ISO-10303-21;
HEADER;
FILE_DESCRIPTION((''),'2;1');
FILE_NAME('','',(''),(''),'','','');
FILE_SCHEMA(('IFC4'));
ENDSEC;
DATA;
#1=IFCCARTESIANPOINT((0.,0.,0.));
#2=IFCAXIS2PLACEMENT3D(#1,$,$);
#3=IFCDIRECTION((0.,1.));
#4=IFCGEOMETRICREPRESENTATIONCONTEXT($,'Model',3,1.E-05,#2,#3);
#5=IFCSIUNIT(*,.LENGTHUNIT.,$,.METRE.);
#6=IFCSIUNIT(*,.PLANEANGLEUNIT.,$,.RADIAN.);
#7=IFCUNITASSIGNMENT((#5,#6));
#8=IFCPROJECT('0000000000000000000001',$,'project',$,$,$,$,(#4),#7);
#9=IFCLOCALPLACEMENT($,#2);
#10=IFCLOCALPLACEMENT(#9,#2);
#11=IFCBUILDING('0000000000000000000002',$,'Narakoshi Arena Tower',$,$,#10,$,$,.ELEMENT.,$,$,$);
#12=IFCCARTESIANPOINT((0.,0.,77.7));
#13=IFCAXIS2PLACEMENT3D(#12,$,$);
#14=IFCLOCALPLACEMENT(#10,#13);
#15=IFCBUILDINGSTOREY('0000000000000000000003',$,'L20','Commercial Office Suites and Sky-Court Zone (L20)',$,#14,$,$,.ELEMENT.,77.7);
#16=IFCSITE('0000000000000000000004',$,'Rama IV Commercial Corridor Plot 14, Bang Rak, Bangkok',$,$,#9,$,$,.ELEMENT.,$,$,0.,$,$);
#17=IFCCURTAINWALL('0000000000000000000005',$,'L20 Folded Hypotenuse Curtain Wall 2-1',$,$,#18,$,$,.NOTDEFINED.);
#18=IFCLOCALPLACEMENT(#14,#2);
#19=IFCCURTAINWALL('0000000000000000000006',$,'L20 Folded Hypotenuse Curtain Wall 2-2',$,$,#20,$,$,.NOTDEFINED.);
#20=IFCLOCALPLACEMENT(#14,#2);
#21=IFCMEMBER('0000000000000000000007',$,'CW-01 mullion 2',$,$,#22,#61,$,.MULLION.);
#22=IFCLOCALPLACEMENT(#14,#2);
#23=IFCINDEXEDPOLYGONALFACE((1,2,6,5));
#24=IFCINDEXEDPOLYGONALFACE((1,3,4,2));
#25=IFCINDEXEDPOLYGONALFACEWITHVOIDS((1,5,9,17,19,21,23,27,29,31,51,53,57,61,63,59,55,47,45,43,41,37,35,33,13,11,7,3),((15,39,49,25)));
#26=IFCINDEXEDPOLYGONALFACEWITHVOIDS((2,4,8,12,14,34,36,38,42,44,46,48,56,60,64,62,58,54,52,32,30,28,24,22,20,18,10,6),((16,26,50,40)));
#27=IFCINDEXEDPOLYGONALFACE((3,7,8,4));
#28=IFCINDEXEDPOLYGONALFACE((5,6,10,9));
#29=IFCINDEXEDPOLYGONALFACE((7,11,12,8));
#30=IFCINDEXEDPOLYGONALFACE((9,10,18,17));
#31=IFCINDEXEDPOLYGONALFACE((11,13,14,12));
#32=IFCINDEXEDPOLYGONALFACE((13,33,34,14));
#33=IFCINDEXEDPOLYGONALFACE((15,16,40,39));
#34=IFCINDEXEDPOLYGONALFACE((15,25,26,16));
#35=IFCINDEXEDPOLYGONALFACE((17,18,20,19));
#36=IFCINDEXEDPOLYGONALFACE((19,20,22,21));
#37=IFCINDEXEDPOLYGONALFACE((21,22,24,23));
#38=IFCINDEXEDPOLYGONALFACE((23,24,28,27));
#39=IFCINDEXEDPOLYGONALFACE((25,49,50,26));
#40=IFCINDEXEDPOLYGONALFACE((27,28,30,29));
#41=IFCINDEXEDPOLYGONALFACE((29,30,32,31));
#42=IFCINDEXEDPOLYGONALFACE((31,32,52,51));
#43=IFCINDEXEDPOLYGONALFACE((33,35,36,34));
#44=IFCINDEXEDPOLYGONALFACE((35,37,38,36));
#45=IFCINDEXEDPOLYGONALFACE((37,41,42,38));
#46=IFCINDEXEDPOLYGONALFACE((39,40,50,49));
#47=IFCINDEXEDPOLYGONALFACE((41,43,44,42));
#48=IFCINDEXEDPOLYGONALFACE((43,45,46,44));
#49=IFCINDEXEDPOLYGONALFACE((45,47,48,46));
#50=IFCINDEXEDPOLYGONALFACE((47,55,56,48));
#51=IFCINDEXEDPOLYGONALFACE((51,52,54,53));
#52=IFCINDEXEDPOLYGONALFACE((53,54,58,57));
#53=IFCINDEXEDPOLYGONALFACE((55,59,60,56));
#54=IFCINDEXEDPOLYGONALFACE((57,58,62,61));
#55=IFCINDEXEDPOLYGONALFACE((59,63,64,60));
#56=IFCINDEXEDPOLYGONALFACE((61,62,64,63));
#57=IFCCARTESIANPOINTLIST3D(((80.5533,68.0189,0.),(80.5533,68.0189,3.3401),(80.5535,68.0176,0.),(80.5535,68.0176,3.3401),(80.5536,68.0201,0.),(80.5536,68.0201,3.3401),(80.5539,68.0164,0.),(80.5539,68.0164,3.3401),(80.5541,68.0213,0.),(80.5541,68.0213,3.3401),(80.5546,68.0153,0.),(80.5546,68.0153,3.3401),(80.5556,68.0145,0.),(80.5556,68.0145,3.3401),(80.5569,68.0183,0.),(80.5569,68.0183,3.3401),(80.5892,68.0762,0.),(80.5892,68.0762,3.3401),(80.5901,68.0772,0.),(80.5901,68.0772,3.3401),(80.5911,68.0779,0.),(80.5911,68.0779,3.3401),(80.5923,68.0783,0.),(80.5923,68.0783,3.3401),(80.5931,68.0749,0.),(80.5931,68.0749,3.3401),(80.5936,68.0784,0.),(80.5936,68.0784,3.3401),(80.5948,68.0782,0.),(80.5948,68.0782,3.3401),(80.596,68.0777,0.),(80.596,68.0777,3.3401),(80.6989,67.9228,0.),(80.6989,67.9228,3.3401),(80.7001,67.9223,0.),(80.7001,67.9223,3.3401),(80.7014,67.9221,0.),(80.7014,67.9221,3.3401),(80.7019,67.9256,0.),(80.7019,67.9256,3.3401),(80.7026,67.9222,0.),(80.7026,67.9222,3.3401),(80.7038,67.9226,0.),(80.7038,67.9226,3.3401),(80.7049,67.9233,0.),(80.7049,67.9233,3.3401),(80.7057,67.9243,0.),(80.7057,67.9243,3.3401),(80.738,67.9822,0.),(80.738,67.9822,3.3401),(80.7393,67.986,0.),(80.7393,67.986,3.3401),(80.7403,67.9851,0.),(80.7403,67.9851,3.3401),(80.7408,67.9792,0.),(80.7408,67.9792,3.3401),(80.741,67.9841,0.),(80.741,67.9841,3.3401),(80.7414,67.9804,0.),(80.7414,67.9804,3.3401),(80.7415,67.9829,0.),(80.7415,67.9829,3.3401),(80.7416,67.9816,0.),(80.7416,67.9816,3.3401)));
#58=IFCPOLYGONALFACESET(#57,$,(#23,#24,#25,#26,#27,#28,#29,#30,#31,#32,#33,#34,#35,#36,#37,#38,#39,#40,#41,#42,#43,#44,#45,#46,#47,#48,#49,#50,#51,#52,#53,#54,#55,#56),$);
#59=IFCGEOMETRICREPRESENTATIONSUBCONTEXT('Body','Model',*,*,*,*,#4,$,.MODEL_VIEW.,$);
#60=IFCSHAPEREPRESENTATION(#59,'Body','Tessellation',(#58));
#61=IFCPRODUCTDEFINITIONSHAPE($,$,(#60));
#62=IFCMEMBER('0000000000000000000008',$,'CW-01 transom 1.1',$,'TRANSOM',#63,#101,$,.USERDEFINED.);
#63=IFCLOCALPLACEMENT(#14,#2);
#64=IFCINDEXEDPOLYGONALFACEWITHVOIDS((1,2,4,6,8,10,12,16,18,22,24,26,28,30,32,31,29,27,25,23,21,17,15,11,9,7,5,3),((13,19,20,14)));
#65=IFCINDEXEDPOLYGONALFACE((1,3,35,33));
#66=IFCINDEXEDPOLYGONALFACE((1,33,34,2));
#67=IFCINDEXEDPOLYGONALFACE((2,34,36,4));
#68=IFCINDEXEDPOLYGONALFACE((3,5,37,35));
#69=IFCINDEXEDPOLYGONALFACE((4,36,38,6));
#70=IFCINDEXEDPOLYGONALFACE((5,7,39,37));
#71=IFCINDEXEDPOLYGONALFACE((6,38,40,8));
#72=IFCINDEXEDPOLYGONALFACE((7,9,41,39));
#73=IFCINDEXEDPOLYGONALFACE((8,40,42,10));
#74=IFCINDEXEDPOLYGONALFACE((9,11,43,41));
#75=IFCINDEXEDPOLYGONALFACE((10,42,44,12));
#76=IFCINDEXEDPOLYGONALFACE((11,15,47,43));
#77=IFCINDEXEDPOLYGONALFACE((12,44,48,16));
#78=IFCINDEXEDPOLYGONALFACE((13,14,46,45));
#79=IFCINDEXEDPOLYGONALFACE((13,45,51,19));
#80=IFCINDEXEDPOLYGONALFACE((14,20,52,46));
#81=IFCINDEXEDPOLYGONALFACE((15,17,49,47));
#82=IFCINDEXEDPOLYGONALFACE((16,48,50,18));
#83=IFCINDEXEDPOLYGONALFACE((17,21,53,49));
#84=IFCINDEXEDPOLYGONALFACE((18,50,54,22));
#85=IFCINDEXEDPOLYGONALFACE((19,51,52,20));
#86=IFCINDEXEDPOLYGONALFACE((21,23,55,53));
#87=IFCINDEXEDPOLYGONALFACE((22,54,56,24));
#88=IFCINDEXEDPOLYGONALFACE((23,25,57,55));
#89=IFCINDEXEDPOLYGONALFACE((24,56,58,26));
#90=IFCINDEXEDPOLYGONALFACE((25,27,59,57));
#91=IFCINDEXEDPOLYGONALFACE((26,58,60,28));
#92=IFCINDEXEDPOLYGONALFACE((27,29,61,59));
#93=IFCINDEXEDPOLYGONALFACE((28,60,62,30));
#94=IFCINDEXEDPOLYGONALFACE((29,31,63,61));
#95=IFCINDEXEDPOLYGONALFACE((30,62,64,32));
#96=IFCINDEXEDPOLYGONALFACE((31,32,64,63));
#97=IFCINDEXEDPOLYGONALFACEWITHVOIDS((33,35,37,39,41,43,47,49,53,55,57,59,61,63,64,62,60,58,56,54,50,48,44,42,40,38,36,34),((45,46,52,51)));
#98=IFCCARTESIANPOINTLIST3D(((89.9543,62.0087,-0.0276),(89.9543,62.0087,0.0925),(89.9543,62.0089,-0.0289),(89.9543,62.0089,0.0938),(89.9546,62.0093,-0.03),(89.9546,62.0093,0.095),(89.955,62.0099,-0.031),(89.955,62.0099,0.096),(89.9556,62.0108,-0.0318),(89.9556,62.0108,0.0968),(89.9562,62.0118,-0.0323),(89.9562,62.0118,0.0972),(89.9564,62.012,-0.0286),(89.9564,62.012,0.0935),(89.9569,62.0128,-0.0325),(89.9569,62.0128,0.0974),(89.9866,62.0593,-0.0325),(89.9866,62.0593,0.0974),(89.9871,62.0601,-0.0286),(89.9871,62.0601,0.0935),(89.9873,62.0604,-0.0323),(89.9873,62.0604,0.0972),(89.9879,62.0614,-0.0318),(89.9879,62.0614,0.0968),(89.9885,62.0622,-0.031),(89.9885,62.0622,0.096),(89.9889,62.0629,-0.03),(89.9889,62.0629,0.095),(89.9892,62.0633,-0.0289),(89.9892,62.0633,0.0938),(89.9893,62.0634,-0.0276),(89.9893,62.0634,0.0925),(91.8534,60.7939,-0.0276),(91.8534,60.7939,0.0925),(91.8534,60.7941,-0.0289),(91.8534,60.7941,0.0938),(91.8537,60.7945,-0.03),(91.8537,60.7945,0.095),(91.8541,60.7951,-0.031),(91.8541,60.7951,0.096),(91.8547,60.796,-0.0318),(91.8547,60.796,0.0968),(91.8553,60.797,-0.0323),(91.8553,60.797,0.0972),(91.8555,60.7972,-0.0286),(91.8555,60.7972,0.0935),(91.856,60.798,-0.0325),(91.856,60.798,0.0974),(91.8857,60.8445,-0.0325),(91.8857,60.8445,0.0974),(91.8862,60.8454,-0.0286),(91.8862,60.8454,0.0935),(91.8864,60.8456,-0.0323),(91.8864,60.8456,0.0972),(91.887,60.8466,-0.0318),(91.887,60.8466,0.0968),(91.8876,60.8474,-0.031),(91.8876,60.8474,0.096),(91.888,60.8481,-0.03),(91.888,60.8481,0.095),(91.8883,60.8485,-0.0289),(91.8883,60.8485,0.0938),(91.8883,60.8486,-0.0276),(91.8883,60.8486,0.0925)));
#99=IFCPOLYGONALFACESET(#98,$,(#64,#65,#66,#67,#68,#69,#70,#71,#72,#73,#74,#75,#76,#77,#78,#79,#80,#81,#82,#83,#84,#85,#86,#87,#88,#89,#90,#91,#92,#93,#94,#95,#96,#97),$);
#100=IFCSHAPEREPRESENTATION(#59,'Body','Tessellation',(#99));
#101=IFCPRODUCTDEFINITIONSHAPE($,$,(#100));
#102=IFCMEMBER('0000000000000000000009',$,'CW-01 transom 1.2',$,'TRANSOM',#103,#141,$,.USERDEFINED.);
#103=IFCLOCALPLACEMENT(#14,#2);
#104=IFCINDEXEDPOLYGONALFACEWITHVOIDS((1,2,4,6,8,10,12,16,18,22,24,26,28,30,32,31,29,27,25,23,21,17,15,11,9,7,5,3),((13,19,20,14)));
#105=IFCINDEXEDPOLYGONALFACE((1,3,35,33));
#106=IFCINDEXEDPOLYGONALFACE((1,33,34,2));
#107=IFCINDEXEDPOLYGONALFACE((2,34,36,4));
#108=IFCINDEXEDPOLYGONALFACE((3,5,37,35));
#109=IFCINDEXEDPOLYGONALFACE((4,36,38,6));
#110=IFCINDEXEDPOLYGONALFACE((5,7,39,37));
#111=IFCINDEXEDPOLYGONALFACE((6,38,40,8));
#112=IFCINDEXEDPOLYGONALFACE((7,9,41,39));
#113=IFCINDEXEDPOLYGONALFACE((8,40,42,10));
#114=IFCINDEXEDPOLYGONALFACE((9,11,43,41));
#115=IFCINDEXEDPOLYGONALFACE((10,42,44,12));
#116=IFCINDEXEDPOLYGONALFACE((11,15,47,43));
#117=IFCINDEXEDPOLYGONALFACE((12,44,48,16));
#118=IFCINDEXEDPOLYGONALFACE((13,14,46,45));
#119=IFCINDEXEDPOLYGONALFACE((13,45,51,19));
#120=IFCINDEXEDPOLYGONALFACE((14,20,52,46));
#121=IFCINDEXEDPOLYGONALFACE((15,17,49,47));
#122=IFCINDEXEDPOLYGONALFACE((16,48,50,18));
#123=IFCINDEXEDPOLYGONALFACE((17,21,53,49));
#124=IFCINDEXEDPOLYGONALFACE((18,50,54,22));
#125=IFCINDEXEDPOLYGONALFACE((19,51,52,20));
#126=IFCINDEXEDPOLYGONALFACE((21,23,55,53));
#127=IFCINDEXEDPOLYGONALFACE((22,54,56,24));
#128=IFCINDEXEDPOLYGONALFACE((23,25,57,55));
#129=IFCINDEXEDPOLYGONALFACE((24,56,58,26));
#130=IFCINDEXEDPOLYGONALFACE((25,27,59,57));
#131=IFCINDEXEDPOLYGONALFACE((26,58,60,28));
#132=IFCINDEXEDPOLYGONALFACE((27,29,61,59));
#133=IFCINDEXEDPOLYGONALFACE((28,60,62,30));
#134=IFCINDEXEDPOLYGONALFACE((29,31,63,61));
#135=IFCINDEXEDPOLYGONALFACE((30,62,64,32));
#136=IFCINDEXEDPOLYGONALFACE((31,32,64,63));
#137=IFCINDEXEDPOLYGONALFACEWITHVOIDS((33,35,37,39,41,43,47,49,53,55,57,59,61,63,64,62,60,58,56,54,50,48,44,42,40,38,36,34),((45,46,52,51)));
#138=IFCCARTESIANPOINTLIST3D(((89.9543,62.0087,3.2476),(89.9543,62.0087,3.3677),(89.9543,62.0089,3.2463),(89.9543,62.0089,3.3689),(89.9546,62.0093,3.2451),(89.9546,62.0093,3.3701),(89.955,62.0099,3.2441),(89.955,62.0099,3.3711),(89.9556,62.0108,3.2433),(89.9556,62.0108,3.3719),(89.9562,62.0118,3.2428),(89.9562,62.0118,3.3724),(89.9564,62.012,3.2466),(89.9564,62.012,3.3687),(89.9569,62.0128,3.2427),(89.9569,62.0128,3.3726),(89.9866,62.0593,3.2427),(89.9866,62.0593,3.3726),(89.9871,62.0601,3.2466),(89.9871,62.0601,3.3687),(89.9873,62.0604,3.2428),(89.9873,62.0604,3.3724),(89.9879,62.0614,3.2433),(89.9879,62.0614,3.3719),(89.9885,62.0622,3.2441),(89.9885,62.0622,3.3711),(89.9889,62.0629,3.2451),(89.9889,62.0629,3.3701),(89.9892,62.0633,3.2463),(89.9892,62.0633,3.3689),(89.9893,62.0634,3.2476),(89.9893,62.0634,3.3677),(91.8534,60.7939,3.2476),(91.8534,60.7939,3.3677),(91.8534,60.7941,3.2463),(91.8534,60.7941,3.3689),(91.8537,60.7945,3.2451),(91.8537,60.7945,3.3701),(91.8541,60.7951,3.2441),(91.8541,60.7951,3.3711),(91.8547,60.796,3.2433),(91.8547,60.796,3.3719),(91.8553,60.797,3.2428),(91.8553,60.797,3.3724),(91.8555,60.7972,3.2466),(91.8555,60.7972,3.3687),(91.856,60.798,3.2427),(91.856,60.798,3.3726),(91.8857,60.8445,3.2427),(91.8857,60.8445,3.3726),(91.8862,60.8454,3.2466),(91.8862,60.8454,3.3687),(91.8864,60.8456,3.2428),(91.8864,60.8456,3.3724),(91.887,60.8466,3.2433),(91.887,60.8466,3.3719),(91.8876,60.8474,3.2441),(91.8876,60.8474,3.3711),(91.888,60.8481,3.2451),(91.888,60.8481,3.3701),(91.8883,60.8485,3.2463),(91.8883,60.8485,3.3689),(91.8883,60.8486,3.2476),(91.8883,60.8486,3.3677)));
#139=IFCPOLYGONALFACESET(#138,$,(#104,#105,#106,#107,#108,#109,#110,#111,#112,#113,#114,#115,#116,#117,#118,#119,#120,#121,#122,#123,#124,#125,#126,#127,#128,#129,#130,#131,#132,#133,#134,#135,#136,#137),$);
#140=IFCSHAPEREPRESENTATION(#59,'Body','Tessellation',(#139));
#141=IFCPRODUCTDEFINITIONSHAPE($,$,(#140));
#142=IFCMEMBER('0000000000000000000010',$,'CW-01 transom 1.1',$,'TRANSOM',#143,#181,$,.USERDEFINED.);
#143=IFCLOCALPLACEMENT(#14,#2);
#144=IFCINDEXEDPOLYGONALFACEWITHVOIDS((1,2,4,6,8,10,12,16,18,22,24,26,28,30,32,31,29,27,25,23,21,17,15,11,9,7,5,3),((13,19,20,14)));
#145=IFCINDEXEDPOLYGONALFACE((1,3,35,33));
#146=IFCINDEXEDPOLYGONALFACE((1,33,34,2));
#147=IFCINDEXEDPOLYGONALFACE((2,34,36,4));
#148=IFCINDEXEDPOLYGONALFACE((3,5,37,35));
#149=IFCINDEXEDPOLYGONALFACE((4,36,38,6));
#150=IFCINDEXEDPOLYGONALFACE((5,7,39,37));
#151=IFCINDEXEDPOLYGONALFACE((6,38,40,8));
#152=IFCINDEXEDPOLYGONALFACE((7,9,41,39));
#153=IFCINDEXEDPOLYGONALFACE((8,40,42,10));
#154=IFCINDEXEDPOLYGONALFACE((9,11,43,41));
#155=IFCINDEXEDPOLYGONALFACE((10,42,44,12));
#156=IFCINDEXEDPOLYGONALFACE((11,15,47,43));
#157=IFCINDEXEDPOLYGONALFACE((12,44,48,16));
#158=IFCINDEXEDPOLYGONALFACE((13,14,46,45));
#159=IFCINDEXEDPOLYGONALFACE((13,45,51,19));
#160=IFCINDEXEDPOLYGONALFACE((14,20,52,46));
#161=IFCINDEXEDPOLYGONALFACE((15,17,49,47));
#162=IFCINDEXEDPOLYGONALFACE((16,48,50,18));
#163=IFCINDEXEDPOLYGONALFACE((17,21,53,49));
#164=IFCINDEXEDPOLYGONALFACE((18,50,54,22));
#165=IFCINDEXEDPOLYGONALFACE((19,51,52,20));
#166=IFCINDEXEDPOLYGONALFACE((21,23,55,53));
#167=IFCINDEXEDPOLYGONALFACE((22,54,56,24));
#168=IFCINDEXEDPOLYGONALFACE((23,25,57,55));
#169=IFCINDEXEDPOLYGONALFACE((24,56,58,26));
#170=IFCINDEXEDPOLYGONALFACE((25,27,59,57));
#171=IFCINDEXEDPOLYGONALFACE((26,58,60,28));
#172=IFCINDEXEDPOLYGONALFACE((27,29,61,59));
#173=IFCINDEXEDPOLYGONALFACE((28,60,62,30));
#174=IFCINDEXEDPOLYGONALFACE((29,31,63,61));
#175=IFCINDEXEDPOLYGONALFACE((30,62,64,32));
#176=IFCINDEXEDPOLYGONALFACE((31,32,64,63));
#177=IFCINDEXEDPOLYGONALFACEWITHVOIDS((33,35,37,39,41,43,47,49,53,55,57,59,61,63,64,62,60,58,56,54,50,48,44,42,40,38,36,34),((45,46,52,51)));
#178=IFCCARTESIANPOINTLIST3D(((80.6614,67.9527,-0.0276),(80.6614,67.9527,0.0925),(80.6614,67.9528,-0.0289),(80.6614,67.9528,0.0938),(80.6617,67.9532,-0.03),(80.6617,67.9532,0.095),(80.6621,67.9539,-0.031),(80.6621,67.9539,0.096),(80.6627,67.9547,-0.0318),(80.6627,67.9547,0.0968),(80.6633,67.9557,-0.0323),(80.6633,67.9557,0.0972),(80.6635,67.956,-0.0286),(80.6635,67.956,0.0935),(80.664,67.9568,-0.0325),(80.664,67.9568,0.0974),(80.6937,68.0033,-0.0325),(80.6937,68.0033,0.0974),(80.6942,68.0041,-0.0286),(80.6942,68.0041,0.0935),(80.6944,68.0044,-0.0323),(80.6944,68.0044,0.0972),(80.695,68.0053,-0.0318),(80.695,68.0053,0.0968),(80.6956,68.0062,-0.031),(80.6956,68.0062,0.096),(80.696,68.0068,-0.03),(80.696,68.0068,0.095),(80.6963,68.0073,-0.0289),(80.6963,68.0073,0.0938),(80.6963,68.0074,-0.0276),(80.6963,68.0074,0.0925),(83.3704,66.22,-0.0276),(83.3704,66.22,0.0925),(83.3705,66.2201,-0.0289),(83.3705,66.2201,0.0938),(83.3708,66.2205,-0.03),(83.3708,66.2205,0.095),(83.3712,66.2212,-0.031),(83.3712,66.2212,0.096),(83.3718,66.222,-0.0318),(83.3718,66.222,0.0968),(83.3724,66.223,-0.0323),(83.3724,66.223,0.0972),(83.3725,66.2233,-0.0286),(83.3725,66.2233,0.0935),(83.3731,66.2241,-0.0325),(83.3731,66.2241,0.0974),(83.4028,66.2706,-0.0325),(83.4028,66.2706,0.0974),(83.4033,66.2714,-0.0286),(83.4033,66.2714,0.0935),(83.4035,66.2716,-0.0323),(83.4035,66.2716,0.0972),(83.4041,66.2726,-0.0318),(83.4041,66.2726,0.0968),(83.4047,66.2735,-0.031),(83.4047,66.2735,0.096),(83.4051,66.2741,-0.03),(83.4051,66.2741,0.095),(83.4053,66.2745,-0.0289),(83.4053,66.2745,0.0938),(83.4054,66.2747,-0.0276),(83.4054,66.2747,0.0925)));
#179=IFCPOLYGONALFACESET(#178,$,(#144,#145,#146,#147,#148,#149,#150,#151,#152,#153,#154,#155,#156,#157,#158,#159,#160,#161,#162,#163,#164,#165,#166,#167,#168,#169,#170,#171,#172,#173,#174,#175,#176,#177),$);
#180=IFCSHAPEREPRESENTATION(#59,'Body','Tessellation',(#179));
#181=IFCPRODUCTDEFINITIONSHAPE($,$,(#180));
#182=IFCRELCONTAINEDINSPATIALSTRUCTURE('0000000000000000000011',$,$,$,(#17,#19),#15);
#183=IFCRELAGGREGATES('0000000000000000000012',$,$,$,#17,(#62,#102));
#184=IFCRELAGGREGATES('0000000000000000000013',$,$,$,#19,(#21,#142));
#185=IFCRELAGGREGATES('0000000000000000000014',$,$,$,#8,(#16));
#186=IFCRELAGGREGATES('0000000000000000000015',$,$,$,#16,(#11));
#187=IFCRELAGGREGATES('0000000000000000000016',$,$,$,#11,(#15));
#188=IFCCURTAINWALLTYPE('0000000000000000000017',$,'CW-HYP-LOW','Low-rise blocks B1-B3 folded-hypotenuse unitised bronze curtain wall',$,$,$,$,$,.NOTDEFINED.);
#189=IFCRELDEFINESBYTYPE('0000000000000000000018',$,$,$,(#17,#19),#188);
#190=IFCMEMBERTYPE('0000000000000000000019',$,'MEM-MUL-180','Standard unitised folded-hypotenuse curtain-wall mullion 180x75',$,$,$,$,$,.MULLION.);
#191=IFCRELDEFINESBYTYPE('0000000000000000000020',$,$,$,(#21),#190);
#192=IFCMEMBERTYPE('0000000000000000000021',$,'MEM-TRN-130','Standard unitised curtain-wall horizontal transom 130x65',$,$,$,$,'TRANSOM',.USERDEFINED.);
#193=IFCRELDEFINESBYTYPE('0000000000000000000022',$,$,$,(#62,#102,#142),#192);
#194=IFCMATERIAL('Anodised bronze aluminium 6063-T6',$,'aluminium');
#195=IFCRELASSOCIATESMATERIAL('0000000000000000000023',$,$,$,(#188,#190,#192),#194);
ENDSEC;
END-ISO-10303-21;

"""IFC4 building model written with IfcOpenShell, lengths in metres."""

from ifc_helpers import new_model, si_unit, direction, frame, origin, origin_2d, place, context, subcontext, project, spatial, hollow_rectangle, extrude, material, material_profile, profile_set, type_object, element, aggregate, save


model = new_model("IFC4")

# Units and contexts
model_context = context("Model", 3, precision=1e-05, world=origin(), true_north=direction((0.0, 1.0)))
body_context = subcontext(model_context, "Body", "Model", "MODEL_VIEW")
ifc_project = project(units=[si_unit("LENGTHUNIT", "METRE"), si_unit("PLANEANGLEUNIT", "RADIAN")], contexts=[model_context])

# Site, building, storey
site_placement = place(None, origin())
site = spatial("IfcSite", under=ifc_project, at=site_placement, Name="Rama IV Commercial Corridor Plot 14, Bang Rak, Bangkok", CompositionType="ELEMENT", RefElevation=0.0)
building_placement = place(site_placement, origin())
building = spatial("IfcBuilding", under=site, at=building_placement, Name="Narakoshi Arena Tower", CompositionType="ELEMENT")
storey_placement = place(building_placement, frame((0.0, 0.0, 77.7)))
storey = spatial("IfcBuildingStorey", under=building, at=storey_placement, Name="L20", Description="Commercial Office Suites and Sky-Court Zone (L20)", CompositionType="ELEMENT", Elevation=77.7)

# Curtain walls, member
ifc_material_1 = material(Name="Anodised bronze aluminium 6063-T6", Category="aluminium")
curtain_wall_type = type_object("IfcCurtainWallType", Name="CW-HYP-LOW", Description="Low-rise blocks B1-B3 folded-hypotenuse unitised bronze curtain wall", PredefinedType="NOTDEFINED", material=ifc_material_1)
curtain_wall_1_placement = place(storey_placement, origin())
curtain_wall_1 = element("IfcCurtainWall", 1, at=curtain_wall_1_placement, inside=storey, type_object=curtain_wall_type, Name="L20 Folded Hypotenuse Curtain Wall 2-1", PredefinedType="NOTDEFINED")
ifc_material_profile_1 = material_profile(ifc_material_1, hollow_rectangle(XDim=0.075, YDim=0.1799, WallThickness=0.0039, OuterFilletRadius=0.0049, at=origin_2d()), Name="MUL180x75x4")
ifc_profile_set_1 = profile_set([ifc_material_profile_1], Name="Anodised bronze aluminium 6063-T6")
member_type_1 = type_object("IfcMemberType", Name="MEM-MUL-180", Description="Standard unitised folded-hypotenuse curtain-wall mullion 180x75", PredefinedType="MULLION", material=ifc_profile_set_1)
curtain_wall_2_placement = place(storey_placement, origin())
curtain_wall_2 = element("IfcCurtainWall", 2, at=curtain_wall_2_placement, inside=storey, type_object=curtain_wall_type, Name="L20 Folded Hypotenuse Curtain Wall 2-2", PredefinedType="NOTDEFINED")
member_1_placement = place(storey_placement, frame((80.6475, 68.0002, 0.0), z_axis=(0.0, 0.0, 1.0), x_axis=(-0.538829, -0.842415, 0.0)))
member_1 = element("IfcMember", 3, at=member_1_placement, type_object=member_type_1, Name="CW-01 mullion 2", PredefinedType="MULLION", context=body_context, shape_type="SweptSolid", body=[
    extrude(hollow_rectangle(XDim=0.075, YDim=0.1799, WallThickness=0.0039, OuterFilletRadius=0.0049, at=origin_2d()), origin(), (0.0, 0.0, 1.0), 3.3401),
])

# Members
ifc_material_profile_2 = material_profile(ifc_material_1, hollow_rectangle(XDim=0.0649, YDim=0.1299, WallThickness=0.0039, OuterFilletRadius=0.0049, at=origin_2d()), Name="TRN130x65x4")
ifc_profile_set_2 = profile_set([ifc_material_profile_2], Name="Anodised bronze aluminium 6063-T6")
member_type_2 = type_object("IfcMemberType", Name="MEM-TRN-130", Description="Standard unitised curtain-wall horizontal transom 130x65", ElementType="TRANSOM", PredefinedType="USERDEFINED", material=ifc_profile_set_2)
member_2_placement = place(storey_placement, frame((91.8708, 60.8213, 0.0325), z_axis=(-0.842397, 0.538857, 0.0), x_axis=(-0.538857, -0.842397, 0.0)))
member_2 = element("IfcMember", 4, at=member_2_placement, type_object=member_type_2, Name="CW-01 transom 1.1", ObjectType="TRANSOM", PredefinedType="USERDEFINED", context=body_context, shape_type="SweptSolid", body=[
    extrude(hollow_rectangle(XDim=0.0649, YDim=0.1299, WallThickness=0.0039, OuterFilletRadius=0.0049, at=origin_2d()), origin(), (0.0, 0.0, 1.0), 2.2544),
])
member_3_placement = place(storey_placement, frame((91.8708, 60.8213, 3.3076), z_axis=(-0.842397, 0.538857, 0.0), x_axis=(-0.538857, -0.842397, 0.0)))
member_3 = element("IfcMember", 5, at=member_3_placement, type_object=member_type_2, Name="CW-01 transom 1.2", ObjectType="TRANSOM", PredefinedType="USERDEFINED", context=body_context, shape_type="SweptSolid", body=[
    extrude(hollow_rectangle(XDim=0.0649, YDim=0.1299, WallThickness=0.0039, OuterFilletRadius=0.0049, at=origin_2d()), origin(), (0.0, 0.0, 1.0), 2.2544),
])
member_4_placement = place(storey_placement, frame((83.3879, 66.2473, 0.0325), z_axis=(-0.842424, 0.538815, 0.0), x_axis=(-0.538815, -0.842424, 0.0)))
member_4 = element("IfcMember", 6, at=member_4_placement, type_object=member_type_2, Name="CW-01 transom 1.1", ObjectType="TRANSOM", PredefinedType="USERDEFINED", context=body_context, shape_type="SweptSolid", body=[
    extrude(hollow_rectangle(XDim=0.0649, YDim=0.1299, WallThickness=0.0039, OuterFilletRadius=0.0049, at=origin_2d()), origin(), (0.0, 0.0, 1.0), 3.2158),
])

aggregate(curtain_wall_1, [member_2, member_3])
aggregate(curtain_wall_2, [member_1, member_4])

save(model, "model.ifc")
